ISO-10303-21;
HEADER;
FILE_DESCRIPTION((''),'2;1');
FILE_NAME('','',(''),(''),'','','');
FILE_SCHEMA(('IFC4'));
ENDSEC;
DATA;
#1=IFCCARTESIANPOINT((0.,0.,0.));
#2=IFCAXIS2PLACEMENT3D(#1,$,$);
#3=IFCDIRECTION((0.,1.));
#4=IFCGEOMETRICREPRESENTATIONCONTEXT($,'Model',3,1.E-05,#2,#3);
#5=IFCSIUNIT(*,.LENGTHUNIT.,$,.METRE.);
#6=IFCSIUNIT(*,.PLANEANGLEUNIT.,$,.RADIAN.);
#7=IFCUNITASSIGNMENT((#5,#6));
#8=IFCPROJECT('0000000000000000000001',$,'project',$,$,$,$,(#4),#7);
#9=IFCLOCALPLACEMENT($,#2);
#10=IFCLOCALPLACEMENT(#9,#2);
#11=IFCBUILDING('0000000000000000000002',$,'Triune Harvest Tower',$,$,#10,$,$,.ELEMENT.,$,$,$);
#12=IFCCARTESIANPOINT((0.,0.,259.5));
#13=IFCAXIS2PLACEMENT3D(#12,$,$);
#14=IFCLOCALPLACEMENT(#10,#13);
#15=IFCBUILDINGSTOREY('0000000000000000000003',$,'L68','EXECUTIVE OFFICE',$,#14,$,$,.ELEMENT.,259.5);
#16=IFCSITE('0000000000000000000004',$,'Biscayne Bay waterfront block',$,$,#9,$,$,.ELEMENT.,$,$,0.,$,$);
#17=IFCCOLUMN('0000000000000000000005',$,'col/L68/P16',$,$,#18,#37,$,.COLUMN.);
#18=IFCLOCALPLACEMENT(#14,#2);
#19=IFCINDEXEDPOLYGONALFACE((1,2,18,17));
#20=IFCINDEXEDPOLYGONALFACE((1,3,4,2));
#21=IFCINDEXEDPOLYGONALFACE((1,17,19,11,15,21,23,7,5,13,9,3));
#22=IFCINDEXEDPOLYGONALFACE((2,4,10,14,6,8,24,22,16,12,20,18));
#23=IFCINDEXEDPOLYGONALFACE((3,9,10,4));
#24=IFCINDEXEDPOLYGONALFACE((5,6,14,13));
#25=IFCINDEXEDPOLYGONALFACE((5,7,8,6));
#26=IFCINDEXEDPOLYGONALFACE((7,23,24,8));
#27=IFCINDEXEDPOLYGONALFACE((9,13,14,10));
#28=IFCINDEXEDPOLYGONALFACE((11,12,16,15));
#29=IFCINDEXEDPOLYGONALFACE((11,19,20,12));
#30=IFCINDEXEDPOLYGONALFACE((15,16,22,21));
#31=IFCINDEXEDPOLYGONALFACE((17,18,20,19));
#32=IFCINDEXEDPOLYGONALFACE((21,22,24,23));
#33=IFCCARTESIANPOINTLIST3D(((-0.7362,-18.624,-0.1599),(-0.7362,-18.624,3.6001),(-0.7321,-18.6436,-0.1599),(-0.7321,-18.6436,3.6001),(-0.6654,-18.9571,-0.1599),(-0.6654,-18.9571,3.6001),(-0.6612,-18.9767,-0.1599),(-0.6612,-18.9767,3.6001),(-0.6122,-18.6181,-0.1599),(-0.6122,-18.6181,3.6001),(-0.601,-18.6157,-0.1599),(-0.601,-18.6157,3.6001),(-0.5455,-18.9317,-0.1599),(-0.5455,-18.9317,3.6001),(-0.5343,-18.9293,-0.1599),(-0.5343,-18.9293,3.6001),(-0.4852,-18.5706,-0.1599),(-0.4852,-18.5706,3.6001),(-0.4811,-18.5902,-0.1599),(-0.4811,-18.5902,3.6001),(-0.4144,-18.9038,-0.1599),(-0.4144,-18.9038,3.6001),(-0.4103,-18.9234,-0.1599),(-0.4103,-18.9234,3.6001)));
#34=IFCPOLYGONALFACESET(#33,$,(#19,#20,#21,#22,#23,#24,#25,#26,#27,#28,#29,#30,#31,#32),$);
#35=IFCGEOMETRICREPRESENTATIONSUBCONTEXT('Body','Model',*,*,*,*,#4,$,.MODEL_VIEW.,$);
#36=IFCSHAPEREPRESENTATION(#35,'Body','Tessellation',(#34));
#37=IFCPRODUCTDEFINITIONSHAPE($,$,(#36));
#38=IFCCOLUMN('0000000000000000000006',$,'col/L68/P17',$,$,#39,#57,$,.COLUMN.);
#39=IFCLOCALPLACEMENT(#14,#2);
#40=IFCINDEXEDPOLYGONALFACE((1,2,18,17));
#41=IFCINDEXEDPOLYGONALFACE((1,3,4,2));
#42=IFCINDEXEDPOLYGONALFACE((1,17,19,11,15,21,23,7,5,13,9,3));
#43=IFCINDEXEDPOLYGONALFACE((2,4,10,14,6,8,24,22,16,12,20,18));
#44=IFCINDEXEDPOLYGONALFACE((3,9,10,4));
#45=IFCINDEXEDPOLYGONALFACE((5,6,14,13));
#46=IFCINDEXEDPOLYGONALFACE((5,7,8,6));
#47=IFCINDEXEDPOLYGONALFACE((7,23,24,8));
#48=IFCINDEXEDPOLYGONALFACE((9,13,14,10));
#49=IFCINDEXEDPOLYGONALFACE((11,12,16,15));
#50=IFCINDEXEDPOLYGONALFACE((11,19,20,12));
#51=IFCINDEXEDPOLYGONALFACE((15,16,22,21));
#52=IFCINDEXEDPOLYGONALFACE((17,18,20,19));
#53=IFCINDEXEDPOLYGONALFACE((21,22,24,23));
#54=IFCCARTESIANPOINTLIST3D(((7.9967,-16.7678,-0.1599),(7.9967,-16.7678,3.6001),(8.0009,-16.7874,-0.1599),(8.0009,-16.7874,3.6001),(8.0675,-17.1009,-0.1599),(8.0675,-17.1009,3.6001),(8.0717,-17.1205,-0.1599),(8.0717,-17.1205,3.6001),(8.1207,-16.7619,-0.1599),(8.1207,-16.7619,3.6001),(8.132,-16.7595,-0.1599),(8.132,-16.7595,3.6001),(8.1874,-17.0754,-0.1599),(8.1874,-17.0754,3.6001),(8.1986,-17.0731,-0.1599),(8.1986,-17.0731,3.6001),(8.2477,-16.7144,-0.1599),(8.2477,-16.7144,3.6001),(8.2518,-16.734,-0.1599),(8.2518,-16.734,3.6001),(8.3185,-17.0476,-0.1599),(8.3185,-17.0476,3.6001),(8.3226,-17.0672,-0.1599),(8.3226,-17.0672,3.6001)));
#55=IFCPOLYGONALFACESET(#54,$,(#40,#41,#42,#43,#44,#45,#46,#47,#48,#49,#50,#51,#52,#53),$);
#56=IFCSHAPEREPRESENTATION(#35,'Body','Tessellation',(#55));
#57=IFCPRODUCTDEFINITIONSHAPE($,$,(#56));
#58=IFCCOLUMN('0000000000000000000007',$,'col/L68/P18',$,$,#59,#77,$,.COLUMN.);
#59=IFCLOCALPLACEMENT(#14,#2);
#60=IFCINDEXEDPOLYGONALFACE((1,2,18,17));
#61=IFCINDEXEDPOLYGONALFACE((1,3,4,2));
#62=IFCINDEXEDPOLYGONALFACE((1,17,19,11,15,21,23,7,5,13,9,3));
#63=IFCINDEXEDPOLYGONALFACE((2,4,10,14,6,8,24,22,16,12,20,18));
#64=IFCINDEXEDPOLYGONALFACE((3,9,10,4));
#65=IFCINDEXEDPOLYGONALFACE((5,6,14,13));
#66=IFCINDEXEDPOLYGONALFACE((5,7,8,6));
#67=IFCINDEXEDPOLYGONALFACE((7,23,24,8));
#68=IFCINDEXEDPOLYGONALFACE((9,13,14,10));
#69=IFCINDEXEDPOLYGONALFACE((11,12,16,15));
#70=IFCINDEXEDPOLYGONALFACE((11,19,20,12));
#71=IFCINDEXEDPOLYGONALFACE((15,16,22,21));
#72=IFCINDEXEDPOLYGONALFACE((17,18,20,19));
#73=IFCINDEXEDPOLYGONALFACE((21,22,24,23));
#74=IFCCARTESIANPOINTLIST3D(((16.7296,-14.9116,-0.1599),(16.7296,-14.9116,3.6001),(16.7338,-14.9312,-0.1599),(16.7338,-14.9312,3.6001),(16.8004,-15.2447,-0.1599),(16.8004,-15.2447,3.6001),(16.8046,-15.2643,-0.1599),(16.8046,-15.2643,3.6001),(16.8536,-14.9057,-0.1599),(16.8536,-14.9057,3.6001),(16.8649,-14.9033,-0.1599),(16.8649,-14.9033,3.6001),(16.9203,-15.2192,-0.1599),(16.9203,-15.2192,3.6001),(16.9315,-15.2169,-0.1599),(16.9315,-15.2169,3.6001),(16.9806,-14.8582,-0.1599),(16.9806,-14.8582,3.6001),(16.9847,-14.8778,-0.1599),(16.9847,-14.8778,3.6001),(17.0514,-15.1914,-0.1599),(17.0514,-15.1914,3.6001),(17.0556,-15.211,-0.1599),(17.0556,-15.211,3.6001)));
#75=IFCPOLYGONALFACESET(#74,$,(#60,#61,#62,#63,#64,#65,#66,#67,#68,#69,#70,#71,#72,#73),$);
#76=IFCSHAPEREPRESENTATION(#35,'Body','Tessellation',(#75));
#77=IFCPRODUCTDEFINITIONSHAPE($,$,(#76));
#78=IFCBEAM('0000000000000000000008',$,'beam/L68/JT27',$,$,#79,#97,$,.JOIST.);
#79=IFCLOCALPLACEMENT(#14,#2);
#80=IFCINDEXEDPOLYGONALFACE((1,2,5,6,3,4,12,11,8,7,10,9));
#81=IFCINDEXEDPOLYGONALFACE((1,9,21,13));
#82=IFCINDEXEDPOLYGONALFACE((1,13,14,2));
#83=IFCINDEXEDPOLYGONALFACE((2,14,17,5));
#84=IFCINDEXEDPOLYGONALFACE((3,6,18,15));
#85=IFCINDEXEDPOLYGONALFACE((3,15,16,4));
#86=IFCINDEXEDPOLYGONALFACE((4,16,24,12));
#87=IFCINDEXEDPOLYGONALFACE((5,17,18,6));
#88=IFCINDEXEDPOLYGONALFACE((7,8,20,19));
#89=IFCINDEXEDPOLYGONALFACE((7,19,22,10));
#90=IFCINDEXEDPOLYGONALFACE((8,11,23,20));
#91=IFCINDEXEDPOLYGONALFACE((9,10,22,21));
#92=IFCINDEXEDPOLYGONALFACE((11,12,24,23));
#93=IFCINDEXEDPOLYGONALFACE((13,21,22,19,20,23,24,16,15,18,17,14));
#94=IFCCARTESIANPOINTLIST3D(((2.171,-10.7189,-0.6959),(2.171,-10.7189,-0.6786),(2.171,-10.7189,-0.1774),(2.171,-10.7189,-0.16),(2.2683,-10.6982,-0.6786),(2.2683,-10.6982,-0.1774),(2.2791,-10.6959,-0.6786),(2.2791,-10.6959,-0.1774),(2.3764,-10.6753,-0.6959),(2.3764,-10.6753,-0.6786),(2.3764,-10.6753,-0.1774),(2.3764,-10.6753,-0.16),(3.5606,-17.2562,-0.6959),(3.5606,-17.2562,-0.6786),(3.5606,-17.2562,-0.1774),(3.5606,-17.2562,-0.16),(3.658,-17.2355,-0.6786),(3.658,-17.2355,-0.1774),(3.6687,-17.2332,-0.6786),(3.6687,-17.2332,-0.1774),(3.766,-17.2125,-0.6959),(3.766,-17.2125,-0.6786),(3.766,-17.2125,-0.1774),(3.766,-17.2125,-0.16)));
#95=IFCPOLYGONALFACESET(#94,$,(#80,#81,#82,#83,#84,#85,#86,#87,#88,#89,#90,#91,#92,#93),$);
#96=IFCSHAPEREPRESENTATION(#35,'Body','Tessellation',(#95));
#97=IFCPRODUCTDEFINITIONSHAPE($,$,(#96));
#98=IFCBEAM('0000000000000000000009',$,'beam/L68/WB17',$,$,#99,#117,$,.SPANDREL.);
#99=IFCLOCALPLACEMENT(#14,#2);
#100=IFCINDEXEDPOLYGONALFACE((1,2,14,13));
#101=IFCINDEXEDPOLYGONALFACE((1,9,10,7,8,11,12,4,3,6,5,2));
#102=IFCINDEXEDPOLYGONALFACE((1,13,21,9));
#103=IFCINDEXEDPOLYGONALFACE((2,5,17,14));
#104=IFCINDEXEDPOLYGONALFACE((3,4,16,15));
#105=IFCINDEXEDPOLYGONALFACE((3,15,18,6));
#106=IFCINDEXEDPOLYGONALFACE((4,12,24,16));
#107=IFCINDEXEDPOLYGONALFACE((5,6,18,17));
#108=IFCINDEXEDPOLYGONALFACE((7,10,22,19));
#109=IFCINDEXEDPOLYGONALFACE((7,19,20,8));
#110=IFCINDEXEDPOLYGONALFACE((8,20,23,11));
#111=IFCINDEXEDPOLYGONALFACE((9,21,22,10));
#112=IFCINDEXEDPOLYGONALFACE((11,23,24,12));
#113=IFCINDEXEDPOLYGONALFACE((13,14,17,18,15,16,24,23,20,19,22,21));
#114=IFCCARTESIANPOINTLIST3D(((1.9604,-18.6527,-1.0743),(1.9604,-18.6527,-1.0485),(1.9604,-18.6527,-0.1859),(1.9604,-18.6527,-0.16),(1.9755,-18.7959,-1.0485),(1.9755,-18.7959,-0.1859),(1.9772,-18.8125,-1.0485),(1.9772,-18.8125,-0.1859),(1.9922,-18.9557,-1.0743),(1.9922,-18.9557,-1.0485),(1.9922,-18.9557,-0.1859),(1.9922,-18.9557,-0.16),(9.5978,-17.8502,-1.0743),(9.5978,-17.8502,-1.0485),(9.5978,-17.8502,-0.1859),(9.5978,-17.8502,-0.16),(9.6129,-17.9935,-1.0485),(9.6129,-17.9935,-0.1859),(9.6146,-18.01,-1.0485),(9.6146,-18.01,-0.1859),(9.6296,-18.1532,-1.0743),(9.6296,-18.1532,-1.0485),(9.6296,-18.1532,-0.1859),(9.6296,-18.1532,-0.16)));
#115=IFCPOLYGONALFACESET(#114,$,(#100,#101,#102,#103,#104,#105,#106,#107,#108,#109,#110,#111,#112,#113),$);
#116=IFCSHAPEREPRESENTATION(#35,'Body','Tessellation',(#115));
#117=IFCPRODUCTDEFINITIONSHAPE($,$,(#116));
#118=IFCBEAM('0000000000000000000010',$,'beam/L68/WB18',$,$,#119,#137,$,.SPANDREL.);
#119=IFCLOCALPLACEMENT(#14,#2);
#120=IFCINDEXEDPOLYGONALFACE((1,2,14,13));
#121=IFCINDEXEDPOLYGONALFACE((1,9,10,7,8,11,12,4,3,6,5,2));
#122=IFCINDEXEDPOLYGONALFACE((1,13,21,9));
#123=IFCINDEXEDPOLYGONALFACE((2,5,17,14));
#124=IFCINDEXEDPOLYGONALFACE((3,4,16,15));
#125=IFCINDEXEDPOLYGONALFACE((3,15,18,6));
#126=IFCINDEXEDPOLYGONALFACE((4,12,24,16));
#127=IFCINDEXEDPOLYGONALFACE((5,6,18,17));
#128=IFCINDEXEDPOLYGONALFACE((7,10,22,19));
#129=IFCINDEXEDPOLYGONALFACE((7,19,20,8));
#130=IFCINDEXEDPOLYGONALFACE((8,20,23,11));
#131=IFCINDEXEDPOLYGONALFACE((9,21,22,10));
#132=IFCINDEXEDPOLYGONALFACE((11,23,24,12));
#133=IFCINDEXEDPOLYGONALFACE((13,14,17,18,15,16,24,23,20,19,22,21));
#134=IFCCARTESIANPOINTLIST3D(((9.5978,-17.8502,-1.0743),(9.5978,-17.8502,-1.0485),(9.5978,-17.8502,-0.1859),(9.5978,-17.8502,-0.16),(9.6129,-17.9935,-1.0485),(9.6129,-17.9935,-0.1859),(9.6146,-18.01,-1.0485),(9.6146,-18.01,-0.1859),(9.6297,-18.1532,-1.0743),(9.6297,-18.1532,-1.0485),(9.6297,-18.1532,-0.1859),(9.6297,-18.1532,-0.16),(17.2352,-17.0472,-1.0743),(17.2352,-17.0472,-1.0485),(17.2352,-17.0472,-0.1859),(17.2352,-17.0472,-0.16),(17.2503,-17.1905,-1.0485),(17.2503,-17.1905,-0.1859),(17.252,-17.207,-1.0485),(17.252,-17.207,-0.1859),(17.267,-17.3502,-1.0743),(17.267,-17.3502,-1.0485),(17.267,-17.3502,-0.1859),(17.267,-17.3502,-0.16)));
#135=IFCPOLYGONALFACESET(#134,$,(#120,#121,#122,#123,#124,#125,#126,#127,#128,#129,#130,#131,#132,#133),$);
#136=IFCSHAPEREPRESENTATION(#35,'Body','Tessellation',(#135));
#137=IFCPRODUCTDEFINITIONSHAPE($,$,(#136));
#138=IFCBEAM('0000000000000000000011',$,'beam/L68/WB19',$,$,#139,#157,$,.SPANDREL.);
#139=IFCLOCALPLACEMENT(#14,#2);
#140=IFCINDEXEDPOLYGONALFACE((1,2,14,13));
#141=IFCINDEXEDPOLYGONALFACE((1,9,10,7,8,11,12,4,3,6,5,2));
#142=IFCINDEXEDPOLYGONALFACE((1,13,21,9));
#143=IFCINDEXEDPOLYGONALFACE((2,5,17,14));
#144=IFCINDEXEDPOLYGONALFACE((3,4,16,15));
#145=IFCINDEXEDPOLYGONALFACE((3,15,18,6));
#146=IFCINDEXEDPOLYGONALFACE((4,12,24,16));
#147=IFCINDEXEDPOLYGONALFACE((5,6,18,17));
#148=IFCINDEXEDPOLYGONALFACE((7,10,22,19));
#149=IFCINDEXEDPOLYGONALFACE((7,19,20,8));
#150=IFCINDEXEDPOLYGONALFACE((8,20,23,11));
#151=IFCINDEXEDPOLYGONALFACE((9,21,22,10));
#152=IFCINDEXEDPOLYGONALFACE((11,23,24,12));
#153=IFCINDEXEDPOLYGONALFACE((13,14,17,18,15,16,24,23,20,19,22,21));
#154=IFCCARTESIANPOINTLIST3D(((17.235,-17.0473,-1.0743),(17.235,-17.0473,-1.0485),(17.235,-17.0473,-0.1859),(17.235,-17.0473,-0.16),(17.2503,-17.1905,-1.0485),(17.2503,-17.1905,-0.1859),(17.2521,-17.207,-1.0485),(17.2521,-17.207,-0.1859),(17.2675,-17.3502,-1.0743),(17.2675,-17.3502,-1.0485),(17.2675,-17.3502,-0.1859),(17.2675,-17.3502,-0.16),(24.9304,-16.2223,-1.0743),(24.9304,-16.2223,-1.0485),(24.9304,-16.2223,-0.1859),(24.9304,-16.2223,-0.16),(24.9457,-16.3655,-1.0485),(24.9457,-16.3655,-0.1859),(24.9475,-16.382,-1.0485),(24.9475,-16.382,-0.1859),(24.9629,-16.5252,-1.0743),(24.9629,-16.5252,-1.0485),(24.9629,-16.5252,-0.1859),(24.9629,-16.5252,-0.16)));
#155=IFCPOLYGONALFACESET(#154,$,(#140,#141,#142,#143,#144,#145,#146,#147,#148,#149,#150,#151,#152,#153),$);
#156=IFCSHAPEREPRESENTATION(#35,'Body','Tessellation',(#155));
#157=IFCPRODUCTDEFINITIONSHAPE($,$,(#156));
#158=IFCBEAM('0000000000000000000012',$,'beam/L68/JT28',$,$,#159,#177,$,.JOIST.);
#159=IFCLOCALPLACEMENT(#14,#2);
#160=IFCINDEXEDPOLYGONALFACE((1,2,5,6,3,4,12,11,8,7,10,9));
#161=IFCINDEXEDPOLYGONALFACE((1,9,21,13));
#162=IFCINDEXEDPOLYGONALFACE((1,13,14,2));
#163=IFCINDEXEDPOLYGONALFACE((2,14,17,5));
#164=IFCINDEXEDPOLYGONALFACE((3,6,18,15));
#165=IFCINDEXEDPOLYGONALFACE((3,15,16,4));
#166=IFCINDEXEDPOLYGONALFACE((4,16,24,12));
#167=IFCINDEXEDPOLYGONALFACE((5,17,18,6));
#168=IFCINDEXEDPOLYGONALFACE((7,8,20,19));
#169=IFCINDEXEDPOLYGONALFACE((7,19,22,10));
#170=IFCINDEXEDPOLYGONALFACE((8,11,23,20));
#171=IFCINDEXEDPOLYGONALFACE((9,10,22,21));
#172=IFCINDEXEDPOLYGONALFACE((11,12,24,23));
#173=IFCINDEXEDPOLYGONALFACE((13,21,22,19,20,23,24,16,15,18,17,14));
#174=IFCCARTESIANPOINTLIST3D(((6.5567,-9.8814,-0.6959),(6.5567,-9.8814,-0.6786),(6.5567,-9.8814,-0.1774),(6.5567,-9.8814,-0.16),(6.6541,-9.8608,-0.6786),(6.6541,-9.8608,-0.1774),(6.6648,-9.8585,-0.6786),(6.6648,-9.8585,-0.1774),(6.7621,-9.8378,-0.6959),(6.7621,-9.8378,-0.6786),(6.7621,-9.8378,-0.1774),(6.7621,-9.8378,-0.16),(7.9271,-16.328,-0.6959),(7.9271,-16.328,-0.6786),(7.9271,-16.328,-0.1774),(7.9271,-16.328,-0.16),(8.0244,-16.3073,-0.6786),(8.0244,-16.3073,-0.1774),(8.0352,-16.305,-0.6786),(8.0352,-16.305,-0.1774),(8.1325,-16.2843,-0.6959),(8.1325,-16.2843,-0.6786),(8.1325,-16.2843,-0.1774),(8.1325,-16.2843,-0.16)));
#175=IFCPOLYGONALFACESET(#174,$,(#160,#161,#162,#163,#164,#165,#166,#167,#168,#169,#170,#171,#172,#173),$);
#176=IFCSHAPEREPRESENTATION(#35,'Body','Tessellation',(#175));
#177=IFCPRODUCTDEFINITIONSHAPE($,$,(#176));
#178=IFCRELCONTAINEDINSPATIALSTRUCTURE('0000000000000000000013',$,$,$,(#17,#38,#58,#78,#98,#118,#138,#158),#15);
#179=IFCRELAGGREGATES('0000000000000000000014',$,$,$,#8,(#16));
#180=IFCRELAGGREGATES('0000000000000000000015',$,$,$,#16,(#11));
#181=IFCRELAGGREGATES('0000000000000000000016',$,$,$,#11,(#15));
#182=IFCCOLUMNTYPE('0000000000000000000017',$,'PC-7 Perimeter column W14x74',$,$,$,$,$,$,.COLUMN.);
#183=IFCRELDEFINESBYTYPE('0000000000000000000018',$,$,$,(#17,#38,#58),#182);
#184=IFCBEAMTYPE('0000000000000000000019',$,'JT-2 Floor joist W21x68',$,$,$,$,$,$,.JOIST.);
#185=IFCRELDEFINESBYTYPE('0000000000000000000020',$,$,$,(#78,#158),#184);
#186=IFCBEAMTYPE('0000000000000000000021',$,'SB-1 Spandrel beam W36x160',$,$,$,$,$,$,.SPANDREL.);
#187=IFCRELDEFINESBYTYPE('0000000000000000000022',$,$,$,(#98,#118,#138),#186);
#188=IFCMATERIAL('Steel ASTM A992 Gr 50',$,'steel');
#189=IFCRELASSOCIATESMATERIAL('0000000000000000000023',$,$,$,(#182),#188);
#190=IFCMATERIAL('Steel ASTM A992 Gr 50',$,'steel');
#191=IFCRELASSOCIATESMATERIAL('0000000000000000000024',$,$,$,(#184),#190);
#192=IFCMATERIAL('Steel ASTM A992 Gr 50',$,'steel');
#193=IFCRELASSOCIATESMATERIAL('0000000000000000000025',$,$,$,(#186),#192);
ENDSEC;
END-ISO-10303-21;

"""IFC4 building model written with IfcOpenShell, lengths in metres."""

from ifc_helpers import new_model, si_unit, direction, frame, origin, origin_2d, place, context, subcontext, project, spatial, i_section, extrude, source, transform, mapped, material, material_profile, profile_set, type_object, element, save


model = new_model("IFC4")

# Units and contexts
model_context = context("Model", 3, precision=1e-05, world=origin(), true_north=direction((0.0, 1.0)))
body_context = subcontext(model_context, "Body", "Model", "MODEL_VIEW")
ifc_project = project(units=[si_unit("LENGTHUNIT", "METRE"), si_unit("PLANEANGLEUNIT", "RADIAN")], contexts=[model_context])

# Site, building, storey
site_placement = place(None, origin())
site = spatial("IfcSite", under=ifc_project, at=site_placement, Name="Biscayne Bay waterfront block", CompositionType="ELEMENT", RefElevation=0.0)
building_placement = place(site_placement, origin())
building = spatial("IfcBuilding", under=site, at=building_placement, Name="Triune Harvest Tower", CompositionType="ELEMENT")
storey_placement = place(building_placement, frame((0.0, 0.0, 259.5)))
storey = spatial("IfcBuildingStorey", under=building, at=storey_placement, Name="L68", Description="EXECUTIVE OFFICE", CompositionType="ELEMENT", Elevation=259.5)

# Columns
ifc_material_1 = material(Name="Steel ASTM A992 Gr 50", Category="steel")
ifc_material_profile_1 = material_profile(ifc_material_1, i_section(OverallWidth=0.2566, OverallDepth=0.3606, WebThickness=0.0115, FlangeThickness=0.02, at=origin_2d()), Name="W14x74")
ifc_profile_set_1 = profile_set([ifc_material_profile_1], Name="Steel ASTM A992 Gr 50")
column_type = type_object("IfcColumnType", Name="PC-7 Perimeter column W14x74", PredefinedType="COLUMN", material=ifc_profile_set_1)
shared_shape_1 = source(origin(), body_context, "Body", "SweptSolid", [
    extrude(i_section(OverallWidth=0.2566, OverallDepth=0.3606, WebThickness=0.0115, FlangeThickness=0.02, at=origin_2d()), origin(), (0.0, 0.0, 1.0), 3.76),
])
for number, where, z_axis, x_axis, name in (
    (1, (-0.5732, -18.7737, -0.1599), (0.0, 0.0, 1.0), (0.978147, 0.207913, 0.0), "col/L68/P16"),
    (2, (8.1597, -16.9175, -0.1599), (0.0, 0.0, 1.0), (0.978147, 0.207913, 0.0), "col/L68/P17"),
    (3, (16.8926, -15.0613, -0.1599), (0.0, 0.0, 1.0), (0.978147, 0.207913, 0.0), "col/L68/P18"),
):
    element("IfcColumn", number, at=place(storey_placement, frame(where, z_axis=z_axis, x_axis=x_axis)), inside=storey, type_object=column_type, Name=name, PredefinedType="COLUMN", context=body_context, shape_type="MappedRepresentation", body=[
        mapped(shared_shape_1, transform((0.0, 0.0, 0.0), scale=1.0)),
    ])

# Beams
ifc_material_2 = material(Name="Steel ASTM A992 Gr 50", Category="steel")
ifc_material_profile_2 = material_profile(ifc_material_2, i_section(OverallWidth=0.21, OverallDepth=0.5359, WebThickness=0.011, FlangeThickness=0.0173, at=origin_2d()), Name="W21x68")
ifc_profile_set_2 = profile_set([ifc_material_profile_2], Name="Steel ASTM A992 Gr 50")
beam_type_1 = type_object("IfcBeamType", Name="JT-2 Floor joist W21x68", PredefinedType="JOIST", material=ifc_profile_set_2)
beam_1_placement = place(storey_placement, frame((3.6633, -17.2344, -0.428), z_axis=(-0.207925, 0.978145, 0.0), x_axis=(-0.978145, -0.207925, 0.0)))
element("IfcBeam", 4, at=beam_1_placement, inside=storey, type_object=beam_type_1, Name="beam/L68/JT27", PredefinedType="JOIST", context=body_context, shape_type="SweptSolid", body=[
    extrude(i_section(OverallWidth=0.21, OverallDepth=0.5359, WebThickness=0.011, FlangeThickness=0.0173, at=origin_2d()), origin(), (0.0, 0.0, 1.0), 6.6833),
])
ifc_material_3 = material(Name="Steel ASTM A992 Gr 50", Category="steel")
ifc_material_profile_3 = material_profile(ifc_material_3, i_section(OverallWidth=0.3047, OverallDepth=0.9143, WebThickness=0.0166, FlangeThickness=0.0259, at=origin_2d()), Name="W36x160")
ifc_profile_set_3 = profile_set([ifc_material_profile_3], Name="Steel ASTM A992 Gr 50")
beam_type_2 = type_object("IfcBeamType", Name="SB-1 Spandrel beam W36x160", PredefinedType="SPANDREL", material=ifc_profile_set_3)
shared_shape_2 = source(origin(), body_context, "Body", "SweptSolid", [
    extrude(i_section(OverallWidth=0.3047, OverallDepth=0.9143, WebThickness=0.0166, FlangeThickness=0.0259, at=origin_2d()), origin(), (0.0, 0.0, 1.0), 7.6794),
])
for number, where, z_axis, x_axis, name in (
    (5, (1.9763, -18.8042, -0.6172), (0.994525, 0.104498, 0.0), (-0.104498, 0.994525, 0.0), "beam/L68/WB17"),
    (6, (9.6138, -18.0017, -0.6172), (0.994519, 0.104561, 0.0), (-0.104561, 0.994519, 0.0), "beam/L68/WB18"),
):
    element("IfcBeam", number, at=place(storey_placement, frame(where, z_axis=z_axis, x_axis=x_axis)), inside=storey, type_object=beam_type_2, Name=name, PredefinedType="SPANDREL", context=body_context, shape_type="MappedRepresentation", body=[
        mapped(shared_shape_2, transform((0.0, 0.0, 0.0), scale=1.0)),
    ])
shared_shape_3 = source(origin(), body_context, "Body", "SweptSolid", [
    extrude(i_section(OverallWidth=0.3047, OverallDepth=0.9143, WebThickness=0.0166, FlangeThickness=0.0259, at=origin_2d()), origin(), (0.0, 0.0, 1.0), 7.7395),
])
beam_2_placement = place(storey_placement, frame((17.2512, -17.1987, -0.6172), z_axis=(0.994303, 0.106591, 0.0), x_axis=(-0.106591, 0.994303, 0.0)))
element("IfcBeam", 7, at=beam_2_placement, inside=storey, type_object=beam_type_2, Name="beam/L68/WB19", PredefinedType="SPANDREL", context=body_context, shape_type="MappedRepresentation", body=[
    mapped(shared_shape_3, transform((0.0, 0.0, 0.0), scale=1.0)),
])
shared_shape_4 = source(origin(), body_context, "Body", "SweptSolid", [
    extrude(i_section(OverallWidth=0.21, OverallDepth=0.5359, WebThickness=0.011, FlangeThickness=0.0173, at=origin_2d()), origin(), (0.0, 0.0, 1.0), 6.5906),
])
beam_3_placement = place(storey_placement, frame((8.0298, -16.3062, -0.428), z_axis=(-0.207927, 0.978144, 0.0), x_axis=(-0.978144, -0.207927, 0.0)))
element("IfcBeam", 8, at=beam_3_placement, inside=storey, type_object=beam_type_1, Name="beam/L68/JT28", PredefinedType="JOIST", context=body_context, shape_type="MappedRepresentation", body=[
    mapped(shared_shape_4, transform((0.0, 0.0, 0.0), scale=1.0)),
])

save(model, "model.ifc")
